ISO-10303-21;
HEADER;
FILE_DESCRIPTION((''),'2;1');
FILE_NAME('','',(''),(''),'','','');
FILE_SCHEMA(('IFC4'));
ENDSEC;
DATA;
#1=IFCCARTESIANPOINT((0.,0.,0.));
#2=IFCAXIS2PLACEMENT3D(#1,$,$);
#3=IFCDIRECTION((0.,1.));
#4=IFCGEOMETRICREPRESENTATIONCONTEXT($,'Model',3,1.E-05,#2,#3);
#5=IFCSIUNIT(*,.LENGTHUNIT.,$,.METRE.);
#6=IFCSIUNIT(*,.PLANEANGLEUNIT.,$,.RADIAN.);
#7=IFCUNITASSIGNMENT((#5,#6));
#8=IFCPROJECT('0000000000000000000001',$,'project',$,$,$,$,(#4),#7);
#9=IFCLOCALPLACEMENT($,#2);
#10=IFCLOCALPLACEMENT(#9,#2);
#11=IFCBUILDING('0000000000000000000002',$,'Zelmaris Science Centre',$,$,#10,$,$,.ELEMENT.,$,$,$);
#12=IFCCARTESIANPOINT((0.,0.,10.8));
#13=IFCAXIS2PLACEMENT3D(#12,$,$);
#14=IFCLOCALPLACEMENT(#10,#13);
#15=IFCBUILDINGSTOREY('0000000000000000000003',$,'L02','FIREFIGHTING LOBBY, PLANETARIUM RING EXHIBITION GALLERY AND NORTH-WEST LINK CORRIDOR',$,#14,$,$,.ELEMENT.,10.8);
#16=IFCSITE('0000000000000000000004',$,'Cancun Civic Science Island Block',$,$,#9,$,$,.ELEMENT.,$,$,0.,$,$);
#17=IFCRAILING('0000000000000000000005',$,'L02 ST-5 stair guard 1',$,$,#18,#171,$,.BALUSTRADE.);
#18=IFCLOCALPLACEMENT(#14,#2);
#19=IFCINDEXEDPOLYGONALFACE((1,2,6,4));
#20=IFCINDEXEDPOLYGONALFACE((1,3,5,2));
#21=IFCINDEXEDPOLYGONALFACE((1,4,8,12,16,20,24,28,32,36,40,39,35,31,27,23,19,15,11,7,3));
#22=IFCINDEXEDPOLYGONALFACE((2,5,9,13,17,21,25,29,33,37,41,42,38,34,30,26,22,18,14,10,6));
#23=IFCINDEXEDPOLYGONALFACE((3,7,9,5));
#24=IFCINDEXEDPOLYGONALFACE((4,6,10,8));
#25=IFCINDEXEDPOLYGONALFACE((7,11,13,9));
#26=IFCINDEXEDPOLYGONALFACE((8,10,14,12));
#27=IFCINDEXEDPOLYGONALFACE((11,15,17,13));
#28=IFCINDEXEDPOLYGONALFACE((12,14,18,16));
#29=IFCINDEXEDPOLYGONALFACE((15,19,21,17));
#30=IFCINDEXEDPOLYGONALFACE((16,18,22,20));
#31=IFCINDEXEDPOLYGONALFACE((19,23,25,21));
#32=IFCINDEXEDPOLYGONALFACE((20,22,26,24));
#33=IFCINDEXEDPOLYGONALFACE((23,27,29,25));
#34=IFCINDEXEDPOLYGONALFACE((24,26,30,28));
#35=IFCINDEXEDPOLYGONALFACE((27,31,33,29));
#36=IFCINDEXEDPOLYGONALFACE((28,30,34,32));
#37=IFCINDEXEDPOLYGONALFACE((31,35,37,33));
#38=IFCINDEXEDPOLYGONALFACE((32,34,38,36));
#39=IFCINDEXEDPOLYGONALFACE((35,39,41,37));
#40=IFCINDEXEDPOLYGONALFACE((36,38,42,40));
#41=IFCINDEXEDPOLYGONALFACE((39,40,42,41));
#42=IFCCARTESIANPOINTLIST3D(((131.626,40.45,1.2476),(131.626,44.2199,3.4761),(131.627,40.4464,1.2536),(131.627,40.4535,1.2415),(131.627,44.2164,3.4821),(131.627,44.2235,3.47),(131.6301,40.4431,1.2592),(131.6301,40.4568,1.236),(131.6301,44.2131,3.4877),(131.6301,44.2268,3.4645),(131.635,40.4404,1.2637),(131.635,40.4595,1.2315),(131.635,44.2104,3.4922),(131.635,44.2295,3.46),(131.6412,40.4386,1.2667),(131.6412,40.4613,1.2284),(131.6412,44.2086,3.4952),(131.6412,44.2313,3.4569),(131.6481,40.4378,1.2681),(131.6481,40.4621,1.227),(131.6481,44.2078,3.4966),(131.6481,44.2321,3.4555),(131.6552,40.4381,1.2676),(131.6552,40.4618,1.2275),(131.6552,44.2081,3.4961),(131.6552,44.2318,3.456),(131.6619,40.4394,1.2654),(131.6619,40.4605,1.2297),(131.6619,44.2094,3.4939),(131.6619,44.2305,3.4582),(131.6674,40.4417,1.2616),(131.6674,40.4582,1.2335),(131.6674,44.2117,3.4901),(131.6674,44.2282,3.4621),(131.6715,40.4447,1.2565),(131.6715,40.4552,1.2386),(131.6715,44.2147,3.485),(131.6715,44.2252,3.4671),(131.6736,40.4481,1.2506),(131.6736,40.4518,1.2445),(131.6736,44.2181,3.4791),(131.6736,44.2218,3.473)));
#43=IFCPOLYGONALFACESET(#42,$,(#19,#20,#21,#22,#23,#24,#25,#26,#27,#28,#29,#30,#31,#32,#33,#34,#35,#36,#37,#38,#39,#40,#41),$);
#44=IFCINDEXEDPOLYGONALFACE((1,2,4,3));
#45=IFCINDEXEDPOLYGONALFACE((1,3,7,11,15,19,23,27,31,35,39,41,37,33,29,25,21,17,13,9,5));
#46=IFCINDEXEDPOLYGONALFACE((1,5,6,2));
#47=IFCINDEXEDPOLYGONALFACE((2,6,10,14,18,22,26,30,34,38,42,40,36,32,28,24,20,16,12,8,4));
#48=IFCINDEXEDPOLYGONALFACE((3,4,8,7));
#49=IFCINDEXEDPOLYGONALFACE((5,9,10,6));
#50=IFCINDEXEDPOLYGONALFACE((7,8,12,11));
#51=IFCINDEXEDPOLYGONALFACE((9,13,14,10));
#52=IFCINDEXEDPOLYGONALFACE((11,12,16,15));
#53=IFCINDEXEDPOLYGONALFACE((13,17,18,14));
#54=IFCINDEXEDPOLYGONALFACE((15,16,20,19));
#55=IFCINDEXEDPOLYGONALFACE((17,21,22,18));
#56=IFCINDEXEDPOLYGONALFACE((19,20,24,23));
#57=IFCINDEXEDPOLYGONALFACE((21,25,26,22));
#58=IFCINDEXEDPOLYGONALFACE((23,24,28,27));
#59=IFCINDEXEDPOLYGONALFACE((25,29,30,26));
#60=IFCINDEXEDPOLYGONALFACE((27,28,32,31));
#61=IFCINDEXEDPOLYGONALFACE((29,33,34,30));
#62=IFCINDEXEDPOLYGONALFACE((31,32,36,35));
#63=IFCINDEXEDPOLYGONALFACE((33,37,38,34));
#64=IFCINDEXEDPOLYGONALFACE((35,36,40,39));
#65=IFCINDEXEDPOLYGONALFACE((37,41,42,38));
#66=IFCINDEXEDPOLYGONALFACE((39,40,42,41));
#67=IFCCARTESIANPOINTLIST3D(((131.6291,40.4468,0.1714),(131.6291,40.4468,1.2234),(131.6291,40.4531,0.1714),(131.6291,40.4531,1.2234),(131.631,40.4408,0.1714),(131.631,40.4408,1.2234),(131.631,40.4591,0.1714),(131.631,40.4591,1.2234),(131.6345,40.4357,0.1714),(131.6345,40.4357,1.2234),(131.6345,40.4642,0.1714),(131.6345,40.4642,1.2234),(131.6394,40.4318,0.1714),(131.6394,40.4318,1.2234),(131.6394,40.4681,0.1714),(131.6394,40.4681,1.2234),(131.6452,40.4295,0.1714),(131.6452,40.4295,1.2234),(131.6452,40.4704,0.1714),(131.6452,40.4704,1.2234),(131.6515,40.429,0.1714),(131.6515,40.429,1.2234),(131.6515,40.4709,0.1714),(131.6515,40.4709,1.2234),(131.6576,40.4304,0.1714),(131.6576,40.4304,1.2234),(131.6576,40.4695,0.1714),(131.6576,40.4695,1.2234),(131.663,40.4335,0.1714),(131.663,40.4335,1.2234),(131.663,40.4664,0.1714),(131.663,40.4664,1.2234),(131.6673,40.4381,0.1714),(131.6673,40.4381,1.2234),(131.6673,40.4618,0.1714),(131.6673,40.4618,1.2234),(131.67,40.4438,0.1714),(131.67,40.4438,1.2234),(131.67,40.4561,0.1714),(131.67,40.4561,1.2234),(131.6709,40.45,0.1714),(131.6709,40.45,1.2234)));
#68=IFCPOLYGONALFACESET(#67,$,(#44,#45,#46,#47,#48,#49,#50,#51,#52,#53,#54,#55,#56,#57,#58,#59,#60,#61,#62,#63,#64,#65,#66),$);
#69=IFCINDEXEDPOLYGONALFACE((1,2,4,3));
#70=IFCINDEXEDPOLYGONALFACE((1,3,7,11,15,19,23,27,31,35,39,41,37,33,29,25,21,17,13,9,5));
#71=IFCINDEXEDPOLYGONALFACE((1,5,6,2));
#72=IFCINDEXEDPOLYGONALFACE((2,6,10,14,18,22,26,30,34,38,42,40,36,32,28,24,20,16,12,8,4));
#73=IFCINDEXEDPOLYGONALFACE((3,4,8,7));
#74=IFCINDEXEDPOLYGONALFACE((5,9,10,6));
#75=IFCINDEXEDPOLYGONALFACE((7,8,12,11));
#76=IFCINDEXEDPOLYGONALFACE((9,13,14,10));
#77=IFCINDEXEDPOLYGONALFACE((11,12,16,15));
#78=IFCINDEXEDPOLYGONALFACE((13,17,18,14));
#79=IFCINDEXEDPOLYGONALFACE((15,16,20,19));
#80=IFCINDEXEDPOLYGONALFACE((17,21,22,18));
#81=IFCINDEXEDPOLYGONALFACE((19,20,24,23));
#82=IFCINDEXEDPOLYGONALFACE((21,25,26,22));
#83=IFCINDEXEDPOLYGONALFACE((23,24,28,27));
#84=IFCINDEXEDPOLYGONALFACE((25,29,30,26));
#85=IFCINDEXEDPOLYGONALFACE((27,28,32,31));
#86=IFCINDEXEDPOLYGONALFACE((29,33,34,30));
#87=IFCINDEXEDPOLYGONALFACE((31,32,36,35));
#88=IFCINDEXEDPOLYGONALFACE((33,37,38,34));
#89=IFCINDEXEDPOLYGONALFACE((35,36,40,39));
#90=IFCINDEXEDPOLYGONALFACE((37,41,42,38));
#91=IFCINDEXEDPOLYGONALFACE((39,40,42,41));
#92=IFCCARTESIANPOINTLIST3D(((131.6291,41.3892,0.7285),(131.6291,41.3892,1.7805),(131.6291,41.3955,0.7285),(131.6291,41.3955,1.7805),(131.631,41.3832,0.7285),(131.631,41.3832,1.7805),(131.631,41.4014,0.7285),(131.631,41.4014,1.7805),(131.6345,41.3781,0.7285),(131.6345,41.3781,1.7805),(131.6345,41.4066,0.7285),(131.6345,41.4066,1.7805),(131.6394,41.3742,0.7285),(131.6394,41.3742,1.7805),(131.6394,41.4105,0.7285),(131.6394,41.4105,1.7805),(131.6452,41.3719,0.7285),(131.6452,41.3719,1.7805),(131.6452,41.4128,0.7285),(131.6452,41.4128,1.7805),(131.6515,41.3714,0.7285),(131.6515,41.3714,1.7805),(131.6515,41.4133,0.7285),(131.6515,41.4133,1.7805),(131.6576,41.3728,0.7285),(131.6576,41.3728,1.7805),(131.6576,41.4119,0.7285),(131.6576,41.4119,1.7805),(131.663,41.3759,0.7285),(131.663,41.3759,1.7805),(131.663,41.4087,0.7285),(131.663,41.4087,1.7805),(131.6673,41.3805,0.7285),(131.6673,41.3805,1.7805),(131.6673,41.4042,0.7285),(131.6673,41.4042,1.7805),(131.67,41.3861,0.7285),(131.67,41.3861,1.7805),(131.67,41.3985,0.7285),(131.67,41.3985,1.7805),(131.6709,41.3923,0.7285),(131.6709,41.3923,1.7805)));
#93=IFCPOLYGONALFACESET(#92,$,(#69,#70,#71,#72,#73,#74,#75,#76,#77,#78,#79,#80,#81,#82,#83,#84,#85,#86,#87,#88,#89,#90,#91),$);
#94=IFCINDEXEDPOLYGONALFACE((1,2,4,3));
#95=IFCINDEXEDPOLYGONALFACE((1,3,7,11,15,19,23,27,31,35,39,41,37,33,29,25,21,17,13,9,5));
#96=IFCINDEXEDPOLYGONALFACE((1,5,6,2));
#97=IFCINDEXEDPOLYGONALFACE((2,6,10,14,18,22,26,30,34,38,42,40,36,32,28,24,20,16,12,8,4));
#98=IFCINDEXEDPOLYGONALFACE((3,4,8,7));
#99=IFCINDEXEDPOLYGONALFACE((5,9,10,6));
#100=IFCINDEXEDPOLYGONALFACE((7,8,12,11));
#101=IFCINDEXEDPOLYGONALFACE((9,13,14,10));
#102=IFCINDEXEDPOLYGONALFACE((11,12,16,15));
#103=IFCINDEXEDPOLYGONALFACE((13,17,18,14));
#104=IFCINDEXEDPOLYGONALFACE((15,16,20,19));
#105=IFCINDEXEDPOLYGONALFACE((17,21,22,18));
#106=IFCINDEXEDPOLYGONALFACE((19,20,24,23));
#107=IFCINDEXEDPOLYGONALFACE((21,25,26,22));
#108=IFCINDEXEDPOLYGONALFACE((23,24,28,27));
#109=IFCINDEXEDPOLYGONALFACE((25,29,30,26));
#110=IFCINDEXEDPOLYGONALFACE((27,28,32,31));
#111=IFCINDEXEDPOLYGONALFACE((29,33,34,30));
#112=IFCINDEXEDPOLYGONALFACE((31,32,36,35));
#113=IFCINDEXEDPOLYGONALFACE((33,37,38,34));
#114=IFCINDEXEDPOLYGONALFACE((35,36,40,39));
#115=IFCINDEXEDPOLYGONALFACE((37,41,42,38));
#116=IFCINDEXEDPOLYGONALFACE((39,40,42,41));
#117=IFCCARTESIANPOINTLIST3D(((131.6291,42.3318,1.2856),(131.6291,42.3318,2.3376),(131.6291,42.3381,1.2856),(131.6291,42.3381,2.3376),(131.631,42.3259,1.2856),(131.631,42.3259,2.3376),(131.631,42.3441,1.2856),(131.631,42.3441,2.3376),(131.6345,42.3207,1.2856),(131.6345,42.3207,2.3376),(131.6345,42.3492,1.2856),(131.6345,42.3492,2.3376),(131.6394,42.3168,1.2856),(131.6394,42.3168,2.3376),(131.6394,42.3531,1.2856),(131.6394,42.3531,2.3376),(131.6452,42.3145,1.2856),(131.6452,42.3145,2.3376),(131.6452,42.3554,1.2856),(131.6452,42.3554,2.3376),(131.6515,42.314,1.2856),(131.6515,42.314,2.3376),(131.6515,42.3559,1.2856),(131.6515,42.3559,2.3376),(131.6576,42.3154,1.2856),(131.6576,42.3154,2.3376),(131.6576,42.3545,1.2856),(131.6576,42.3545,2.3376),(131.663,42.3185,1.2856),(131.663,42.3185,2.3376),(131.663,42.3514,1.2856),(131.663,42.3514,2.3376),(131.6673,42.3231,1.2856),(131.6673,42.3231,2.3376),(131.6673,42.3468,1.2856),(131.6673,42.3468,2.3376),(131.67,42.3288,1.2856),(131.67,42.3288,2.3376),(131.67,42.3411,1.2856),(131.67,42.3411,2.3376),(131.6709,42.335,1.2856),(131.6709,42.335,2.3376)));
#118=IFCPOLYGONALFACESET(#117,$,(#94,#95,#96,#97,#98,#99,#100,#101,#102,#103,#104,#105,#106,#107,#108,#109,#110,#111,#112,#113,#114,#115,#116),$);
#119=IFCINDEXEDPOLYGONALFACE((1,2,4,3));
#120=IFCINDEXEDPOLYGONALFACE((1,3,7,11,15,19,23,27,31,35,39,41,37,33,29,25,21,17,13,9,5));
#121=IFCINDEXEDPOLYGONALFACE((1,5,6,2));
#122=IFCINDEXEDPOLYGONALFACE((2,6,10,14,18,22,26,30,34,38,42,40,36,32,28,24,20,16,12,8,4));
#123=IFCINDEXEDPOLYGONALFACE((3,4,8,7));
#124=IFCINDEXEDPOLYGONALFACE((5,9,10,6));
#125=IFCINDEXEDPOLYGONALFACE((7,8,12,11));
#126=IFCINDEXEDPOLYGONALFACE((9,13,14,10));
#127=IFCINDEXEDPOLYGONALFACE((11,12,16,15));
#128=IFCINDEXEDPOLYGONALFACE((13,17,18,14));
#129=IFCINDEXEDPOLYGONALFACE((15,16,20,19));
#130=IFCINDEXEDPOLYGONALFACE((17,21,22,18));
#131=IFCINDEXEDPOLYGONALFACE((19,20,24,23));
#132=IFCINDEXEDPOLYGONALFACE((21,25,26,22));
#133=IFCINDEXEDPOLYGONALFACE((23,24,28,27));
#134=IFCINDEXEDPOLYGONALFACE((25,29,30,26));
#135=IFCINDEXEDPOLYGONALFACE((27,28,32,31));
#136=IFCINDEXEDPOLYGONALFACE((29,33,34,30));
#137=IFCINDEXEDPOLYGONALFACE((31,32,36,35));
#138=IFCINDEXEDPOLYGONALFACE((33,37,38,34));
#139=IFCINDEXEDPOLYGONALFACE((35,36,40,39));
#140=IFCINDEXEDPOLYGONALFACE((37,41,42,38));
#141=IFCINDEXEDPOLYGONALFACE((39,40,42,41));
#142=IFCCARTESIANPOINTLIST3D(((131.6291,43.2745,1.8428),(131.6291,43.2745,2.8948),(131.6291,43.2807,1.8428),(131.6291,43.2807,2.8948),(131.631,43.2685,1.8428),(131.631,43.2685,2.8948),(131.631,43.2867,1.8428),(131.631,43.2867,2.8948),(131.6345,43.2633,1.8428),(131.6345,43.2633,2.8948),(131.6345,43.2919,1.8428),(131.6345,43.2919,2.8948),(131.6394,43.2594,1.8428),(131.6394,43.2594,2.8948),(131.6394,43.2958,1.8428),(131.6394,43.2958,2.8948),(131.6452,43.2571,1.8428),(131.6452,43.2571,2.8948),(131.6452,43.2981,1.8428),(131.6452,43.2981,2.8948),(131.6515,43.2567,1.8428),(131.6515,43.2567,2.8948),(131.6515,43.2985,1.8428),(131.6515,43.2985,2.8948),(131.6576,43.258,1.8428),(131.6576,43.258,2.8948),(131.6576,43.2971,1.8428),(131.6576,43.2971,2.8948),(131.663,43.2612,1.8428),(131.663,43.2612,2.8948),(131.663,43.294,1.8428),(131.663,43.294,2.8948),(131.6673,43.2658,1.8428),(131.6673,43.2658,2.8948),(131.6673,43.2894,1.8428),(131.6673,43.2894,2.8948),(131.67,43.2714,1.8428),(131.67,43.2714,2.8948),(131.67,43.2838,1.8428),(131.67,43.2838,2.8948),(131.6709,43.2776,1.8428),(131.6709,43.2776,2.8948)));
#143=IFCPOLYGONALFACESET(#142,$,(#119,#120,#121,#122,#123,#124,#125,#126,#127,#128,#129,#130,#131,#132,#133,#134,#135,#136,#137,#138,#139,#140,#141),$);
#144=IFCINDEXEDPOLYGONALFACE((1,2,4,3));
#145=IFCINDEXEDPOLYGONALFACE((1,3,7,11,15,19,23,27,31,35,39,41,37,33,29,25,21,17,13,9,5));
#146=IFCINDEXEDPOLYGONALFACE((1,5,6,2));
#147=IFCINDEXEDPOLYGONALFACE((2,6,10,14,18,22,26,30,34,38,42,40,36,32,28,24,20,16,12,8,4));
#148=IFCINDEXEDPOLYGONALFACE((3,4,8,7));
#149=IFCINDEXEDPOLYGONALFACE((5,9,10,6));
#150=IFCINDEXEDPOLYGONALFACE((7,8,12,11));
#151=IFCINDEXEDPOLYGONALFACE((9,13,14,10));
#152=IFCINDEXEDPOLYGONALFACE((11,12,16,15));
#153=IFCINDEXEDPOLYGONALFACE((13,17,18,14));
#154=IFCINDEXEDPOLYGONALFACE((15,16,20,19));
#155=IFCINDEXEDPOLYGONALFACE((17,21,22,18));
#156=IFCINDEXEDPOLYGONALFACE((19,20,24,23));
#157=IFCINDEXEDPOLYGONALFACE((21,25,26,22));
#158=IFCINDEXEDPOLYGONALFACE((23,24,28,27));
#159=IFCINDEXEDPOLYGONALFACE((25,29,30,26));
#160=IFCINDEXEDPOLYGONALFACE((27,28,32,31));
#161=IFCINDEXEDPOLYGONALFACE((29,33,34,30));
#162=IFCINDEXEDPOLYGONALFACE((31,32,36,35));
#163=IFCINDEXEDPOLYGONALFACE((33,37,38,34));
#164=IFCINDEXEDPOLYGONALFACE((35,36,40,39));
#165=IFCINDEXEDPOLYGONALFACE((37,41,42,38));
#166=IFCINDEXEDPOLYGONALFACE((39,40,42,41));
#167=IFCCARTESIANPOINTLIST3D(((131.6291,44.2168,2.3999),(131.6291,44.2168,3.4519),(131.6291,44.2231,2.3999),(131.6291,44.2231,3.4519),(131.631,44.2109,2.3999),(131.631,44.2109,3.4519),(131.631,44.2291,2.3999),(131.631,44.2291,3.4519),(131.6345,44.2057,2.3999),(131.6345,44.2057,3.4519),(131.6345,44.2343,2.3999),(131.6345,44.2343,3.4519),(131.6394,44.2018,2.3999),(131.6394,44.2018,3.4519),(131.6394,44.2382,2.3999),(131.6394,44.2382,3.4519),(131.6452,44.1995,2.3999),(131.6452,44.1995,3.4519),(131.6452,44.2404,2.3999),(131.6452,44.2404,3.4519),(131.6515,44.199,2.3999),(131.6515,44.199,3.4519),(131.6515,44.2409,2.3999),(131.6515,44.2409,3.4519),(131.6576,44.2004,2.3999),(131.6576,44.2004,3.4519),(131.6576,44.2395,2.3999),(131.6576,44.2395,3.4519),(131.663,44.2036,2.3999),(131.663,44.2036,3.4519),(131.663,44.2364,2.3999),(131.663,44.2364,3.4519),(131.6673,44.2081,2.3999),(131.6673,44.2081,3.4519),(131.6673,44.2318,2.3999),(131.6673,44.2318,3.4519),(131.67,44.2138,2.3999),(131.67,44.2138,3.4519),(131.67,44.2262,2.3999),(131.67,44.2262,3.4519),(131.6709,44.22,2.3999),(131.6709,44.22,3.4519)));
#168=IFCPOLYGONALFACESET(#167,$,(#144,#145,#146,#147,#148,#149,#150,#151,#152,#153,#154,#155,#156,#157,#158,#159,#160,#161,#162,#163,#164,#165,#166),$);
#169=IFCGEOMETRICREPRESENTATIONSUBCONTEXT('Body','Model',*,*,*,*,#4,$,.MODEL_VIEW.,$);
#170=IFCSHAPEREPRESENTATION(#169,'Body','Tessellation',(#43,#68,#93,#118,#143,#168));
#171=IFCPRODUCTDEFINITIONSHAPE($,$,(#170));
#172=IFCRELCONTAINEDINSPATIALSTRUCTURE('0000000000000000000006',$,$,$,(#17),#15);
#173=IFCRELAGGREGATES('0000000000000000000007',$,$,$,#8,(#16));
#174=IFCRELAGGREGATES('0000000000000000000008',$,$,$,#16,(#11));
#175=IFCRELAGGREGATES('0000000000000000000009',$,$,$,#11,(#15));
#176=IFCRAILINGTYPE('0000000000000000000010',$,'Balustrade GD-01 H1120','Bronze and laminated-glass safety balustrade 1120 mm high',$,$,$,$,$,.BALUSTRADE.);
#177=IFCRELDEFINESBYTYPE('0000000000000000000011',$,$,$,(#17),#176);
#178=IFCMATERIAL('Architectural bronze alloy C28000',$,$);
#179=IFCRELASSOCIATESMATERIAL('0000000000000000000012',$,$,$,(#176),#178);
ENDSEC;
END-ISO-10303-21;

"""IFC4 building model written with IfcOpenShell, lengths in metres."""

from ifc_helpers import new_model, si_unit, direction, frame, origin, origin_2d, place, context, subcontext, project, spatial, circle, extrude, material, type_object, element, save


model = new_model("IFC4")

# Units and contexts
model_context = context("Model", 3, precision=1e-05, world=origin(), true_north=direction((0.0, 1.0)))
body_context = subcontext(model_context, "Body", "Model", "MODEL_VIEW")
ifc_project = project(units=[si_unit("LENGTHUNIT", "METRE"), si_unit("PLANEANGLEUNIT", "RADIAN")], contexts=[model_context])

# Site, building, storey
site_placement = place(None, origin())
site = spatial("IfcSite", under=ifc_project, at=site_placement, Name="Cancun Civic Science Island Block", CompositionType="ELEMENT", RefElevation=0.0)
building_placement = place(site_placement, origin())
building = spatial("IfcBuilding", under=site, at=building_placement, Name="Zelmaris Science Centre", CompositionType="ELEMENT")
storey_placement = place(building_placement, frame((0.0, 0.0, 10.8)))
storey = spatial("IfcBuildingStorey", under=building, at=storey_placement, Name="L02", Description="FIREFIGHTING LOBBY, PLANETARIUM RING EXHIBITION GALLERY AND NORTH-WEST LINK CORRIDOR", CompositionType="ELEMENT", Elevation=10.8)

# Railing
ifc_material_1 = material(Name="Architectural bronze alloy C28000")
railing_type_1 = type_object("IfcRailingType", Name="Balustrade GD-01 H1120", Description="Bronze and laminated-glass safety balustrade 1120 mm high", PredefinedType="BALUSTRADE", material=ifc_material_1)
railing_1_placement = place(storey_placement, frame((131.6499, 40.45, 0.1714)))
element("IfcRailing", 1, at=railing_1_placement, inside=storey, type_object=railing_type_1, Name="L02 ST-5 stair guard 1", PredefinedType="BALUSTRADE", context=body_context, shape_type="SweptSolid", body=[
    extrude(circle(Radius=0.0239, at=origin_2d()), frame((0.0, 0.0, 1.0762), z_axis=(0.0, 0.860849, 0.508861), x_axis=(-1.0, 0.0, 0.0)), (0.0, 0.0, 1.0), 4.3794),
    extrude(circle(Radius=0.021, at=origin_2d()), origin(), (0.0, 0.0, 1.0), 1.052),
    extrude(circle(Radius=0.021, at=origin_2d()), frame((0.0, 0.9424, 0.5571)), (0.0, 0.0, 1.0), 1.052),
    extrude(circle(Radius=0.021, at=origin_2d()), frame((0.0, 1.885, 1.1143)), (0.0, 0.0, 1.0), 1.052),
    extrude(circle(Radius=0.021, at=origin_2d()), frame((0.0, 2.8276, 1.6714)), (0.0, 0.0, 1.0), 1.052),
    extrude(circle(Radius=0.021, at=origin_2d()), frame((0.0, 3.77, 2.2285)), (0.0, 0.0, 1.0), 1.052),
])

save(model, "model.ifc")
